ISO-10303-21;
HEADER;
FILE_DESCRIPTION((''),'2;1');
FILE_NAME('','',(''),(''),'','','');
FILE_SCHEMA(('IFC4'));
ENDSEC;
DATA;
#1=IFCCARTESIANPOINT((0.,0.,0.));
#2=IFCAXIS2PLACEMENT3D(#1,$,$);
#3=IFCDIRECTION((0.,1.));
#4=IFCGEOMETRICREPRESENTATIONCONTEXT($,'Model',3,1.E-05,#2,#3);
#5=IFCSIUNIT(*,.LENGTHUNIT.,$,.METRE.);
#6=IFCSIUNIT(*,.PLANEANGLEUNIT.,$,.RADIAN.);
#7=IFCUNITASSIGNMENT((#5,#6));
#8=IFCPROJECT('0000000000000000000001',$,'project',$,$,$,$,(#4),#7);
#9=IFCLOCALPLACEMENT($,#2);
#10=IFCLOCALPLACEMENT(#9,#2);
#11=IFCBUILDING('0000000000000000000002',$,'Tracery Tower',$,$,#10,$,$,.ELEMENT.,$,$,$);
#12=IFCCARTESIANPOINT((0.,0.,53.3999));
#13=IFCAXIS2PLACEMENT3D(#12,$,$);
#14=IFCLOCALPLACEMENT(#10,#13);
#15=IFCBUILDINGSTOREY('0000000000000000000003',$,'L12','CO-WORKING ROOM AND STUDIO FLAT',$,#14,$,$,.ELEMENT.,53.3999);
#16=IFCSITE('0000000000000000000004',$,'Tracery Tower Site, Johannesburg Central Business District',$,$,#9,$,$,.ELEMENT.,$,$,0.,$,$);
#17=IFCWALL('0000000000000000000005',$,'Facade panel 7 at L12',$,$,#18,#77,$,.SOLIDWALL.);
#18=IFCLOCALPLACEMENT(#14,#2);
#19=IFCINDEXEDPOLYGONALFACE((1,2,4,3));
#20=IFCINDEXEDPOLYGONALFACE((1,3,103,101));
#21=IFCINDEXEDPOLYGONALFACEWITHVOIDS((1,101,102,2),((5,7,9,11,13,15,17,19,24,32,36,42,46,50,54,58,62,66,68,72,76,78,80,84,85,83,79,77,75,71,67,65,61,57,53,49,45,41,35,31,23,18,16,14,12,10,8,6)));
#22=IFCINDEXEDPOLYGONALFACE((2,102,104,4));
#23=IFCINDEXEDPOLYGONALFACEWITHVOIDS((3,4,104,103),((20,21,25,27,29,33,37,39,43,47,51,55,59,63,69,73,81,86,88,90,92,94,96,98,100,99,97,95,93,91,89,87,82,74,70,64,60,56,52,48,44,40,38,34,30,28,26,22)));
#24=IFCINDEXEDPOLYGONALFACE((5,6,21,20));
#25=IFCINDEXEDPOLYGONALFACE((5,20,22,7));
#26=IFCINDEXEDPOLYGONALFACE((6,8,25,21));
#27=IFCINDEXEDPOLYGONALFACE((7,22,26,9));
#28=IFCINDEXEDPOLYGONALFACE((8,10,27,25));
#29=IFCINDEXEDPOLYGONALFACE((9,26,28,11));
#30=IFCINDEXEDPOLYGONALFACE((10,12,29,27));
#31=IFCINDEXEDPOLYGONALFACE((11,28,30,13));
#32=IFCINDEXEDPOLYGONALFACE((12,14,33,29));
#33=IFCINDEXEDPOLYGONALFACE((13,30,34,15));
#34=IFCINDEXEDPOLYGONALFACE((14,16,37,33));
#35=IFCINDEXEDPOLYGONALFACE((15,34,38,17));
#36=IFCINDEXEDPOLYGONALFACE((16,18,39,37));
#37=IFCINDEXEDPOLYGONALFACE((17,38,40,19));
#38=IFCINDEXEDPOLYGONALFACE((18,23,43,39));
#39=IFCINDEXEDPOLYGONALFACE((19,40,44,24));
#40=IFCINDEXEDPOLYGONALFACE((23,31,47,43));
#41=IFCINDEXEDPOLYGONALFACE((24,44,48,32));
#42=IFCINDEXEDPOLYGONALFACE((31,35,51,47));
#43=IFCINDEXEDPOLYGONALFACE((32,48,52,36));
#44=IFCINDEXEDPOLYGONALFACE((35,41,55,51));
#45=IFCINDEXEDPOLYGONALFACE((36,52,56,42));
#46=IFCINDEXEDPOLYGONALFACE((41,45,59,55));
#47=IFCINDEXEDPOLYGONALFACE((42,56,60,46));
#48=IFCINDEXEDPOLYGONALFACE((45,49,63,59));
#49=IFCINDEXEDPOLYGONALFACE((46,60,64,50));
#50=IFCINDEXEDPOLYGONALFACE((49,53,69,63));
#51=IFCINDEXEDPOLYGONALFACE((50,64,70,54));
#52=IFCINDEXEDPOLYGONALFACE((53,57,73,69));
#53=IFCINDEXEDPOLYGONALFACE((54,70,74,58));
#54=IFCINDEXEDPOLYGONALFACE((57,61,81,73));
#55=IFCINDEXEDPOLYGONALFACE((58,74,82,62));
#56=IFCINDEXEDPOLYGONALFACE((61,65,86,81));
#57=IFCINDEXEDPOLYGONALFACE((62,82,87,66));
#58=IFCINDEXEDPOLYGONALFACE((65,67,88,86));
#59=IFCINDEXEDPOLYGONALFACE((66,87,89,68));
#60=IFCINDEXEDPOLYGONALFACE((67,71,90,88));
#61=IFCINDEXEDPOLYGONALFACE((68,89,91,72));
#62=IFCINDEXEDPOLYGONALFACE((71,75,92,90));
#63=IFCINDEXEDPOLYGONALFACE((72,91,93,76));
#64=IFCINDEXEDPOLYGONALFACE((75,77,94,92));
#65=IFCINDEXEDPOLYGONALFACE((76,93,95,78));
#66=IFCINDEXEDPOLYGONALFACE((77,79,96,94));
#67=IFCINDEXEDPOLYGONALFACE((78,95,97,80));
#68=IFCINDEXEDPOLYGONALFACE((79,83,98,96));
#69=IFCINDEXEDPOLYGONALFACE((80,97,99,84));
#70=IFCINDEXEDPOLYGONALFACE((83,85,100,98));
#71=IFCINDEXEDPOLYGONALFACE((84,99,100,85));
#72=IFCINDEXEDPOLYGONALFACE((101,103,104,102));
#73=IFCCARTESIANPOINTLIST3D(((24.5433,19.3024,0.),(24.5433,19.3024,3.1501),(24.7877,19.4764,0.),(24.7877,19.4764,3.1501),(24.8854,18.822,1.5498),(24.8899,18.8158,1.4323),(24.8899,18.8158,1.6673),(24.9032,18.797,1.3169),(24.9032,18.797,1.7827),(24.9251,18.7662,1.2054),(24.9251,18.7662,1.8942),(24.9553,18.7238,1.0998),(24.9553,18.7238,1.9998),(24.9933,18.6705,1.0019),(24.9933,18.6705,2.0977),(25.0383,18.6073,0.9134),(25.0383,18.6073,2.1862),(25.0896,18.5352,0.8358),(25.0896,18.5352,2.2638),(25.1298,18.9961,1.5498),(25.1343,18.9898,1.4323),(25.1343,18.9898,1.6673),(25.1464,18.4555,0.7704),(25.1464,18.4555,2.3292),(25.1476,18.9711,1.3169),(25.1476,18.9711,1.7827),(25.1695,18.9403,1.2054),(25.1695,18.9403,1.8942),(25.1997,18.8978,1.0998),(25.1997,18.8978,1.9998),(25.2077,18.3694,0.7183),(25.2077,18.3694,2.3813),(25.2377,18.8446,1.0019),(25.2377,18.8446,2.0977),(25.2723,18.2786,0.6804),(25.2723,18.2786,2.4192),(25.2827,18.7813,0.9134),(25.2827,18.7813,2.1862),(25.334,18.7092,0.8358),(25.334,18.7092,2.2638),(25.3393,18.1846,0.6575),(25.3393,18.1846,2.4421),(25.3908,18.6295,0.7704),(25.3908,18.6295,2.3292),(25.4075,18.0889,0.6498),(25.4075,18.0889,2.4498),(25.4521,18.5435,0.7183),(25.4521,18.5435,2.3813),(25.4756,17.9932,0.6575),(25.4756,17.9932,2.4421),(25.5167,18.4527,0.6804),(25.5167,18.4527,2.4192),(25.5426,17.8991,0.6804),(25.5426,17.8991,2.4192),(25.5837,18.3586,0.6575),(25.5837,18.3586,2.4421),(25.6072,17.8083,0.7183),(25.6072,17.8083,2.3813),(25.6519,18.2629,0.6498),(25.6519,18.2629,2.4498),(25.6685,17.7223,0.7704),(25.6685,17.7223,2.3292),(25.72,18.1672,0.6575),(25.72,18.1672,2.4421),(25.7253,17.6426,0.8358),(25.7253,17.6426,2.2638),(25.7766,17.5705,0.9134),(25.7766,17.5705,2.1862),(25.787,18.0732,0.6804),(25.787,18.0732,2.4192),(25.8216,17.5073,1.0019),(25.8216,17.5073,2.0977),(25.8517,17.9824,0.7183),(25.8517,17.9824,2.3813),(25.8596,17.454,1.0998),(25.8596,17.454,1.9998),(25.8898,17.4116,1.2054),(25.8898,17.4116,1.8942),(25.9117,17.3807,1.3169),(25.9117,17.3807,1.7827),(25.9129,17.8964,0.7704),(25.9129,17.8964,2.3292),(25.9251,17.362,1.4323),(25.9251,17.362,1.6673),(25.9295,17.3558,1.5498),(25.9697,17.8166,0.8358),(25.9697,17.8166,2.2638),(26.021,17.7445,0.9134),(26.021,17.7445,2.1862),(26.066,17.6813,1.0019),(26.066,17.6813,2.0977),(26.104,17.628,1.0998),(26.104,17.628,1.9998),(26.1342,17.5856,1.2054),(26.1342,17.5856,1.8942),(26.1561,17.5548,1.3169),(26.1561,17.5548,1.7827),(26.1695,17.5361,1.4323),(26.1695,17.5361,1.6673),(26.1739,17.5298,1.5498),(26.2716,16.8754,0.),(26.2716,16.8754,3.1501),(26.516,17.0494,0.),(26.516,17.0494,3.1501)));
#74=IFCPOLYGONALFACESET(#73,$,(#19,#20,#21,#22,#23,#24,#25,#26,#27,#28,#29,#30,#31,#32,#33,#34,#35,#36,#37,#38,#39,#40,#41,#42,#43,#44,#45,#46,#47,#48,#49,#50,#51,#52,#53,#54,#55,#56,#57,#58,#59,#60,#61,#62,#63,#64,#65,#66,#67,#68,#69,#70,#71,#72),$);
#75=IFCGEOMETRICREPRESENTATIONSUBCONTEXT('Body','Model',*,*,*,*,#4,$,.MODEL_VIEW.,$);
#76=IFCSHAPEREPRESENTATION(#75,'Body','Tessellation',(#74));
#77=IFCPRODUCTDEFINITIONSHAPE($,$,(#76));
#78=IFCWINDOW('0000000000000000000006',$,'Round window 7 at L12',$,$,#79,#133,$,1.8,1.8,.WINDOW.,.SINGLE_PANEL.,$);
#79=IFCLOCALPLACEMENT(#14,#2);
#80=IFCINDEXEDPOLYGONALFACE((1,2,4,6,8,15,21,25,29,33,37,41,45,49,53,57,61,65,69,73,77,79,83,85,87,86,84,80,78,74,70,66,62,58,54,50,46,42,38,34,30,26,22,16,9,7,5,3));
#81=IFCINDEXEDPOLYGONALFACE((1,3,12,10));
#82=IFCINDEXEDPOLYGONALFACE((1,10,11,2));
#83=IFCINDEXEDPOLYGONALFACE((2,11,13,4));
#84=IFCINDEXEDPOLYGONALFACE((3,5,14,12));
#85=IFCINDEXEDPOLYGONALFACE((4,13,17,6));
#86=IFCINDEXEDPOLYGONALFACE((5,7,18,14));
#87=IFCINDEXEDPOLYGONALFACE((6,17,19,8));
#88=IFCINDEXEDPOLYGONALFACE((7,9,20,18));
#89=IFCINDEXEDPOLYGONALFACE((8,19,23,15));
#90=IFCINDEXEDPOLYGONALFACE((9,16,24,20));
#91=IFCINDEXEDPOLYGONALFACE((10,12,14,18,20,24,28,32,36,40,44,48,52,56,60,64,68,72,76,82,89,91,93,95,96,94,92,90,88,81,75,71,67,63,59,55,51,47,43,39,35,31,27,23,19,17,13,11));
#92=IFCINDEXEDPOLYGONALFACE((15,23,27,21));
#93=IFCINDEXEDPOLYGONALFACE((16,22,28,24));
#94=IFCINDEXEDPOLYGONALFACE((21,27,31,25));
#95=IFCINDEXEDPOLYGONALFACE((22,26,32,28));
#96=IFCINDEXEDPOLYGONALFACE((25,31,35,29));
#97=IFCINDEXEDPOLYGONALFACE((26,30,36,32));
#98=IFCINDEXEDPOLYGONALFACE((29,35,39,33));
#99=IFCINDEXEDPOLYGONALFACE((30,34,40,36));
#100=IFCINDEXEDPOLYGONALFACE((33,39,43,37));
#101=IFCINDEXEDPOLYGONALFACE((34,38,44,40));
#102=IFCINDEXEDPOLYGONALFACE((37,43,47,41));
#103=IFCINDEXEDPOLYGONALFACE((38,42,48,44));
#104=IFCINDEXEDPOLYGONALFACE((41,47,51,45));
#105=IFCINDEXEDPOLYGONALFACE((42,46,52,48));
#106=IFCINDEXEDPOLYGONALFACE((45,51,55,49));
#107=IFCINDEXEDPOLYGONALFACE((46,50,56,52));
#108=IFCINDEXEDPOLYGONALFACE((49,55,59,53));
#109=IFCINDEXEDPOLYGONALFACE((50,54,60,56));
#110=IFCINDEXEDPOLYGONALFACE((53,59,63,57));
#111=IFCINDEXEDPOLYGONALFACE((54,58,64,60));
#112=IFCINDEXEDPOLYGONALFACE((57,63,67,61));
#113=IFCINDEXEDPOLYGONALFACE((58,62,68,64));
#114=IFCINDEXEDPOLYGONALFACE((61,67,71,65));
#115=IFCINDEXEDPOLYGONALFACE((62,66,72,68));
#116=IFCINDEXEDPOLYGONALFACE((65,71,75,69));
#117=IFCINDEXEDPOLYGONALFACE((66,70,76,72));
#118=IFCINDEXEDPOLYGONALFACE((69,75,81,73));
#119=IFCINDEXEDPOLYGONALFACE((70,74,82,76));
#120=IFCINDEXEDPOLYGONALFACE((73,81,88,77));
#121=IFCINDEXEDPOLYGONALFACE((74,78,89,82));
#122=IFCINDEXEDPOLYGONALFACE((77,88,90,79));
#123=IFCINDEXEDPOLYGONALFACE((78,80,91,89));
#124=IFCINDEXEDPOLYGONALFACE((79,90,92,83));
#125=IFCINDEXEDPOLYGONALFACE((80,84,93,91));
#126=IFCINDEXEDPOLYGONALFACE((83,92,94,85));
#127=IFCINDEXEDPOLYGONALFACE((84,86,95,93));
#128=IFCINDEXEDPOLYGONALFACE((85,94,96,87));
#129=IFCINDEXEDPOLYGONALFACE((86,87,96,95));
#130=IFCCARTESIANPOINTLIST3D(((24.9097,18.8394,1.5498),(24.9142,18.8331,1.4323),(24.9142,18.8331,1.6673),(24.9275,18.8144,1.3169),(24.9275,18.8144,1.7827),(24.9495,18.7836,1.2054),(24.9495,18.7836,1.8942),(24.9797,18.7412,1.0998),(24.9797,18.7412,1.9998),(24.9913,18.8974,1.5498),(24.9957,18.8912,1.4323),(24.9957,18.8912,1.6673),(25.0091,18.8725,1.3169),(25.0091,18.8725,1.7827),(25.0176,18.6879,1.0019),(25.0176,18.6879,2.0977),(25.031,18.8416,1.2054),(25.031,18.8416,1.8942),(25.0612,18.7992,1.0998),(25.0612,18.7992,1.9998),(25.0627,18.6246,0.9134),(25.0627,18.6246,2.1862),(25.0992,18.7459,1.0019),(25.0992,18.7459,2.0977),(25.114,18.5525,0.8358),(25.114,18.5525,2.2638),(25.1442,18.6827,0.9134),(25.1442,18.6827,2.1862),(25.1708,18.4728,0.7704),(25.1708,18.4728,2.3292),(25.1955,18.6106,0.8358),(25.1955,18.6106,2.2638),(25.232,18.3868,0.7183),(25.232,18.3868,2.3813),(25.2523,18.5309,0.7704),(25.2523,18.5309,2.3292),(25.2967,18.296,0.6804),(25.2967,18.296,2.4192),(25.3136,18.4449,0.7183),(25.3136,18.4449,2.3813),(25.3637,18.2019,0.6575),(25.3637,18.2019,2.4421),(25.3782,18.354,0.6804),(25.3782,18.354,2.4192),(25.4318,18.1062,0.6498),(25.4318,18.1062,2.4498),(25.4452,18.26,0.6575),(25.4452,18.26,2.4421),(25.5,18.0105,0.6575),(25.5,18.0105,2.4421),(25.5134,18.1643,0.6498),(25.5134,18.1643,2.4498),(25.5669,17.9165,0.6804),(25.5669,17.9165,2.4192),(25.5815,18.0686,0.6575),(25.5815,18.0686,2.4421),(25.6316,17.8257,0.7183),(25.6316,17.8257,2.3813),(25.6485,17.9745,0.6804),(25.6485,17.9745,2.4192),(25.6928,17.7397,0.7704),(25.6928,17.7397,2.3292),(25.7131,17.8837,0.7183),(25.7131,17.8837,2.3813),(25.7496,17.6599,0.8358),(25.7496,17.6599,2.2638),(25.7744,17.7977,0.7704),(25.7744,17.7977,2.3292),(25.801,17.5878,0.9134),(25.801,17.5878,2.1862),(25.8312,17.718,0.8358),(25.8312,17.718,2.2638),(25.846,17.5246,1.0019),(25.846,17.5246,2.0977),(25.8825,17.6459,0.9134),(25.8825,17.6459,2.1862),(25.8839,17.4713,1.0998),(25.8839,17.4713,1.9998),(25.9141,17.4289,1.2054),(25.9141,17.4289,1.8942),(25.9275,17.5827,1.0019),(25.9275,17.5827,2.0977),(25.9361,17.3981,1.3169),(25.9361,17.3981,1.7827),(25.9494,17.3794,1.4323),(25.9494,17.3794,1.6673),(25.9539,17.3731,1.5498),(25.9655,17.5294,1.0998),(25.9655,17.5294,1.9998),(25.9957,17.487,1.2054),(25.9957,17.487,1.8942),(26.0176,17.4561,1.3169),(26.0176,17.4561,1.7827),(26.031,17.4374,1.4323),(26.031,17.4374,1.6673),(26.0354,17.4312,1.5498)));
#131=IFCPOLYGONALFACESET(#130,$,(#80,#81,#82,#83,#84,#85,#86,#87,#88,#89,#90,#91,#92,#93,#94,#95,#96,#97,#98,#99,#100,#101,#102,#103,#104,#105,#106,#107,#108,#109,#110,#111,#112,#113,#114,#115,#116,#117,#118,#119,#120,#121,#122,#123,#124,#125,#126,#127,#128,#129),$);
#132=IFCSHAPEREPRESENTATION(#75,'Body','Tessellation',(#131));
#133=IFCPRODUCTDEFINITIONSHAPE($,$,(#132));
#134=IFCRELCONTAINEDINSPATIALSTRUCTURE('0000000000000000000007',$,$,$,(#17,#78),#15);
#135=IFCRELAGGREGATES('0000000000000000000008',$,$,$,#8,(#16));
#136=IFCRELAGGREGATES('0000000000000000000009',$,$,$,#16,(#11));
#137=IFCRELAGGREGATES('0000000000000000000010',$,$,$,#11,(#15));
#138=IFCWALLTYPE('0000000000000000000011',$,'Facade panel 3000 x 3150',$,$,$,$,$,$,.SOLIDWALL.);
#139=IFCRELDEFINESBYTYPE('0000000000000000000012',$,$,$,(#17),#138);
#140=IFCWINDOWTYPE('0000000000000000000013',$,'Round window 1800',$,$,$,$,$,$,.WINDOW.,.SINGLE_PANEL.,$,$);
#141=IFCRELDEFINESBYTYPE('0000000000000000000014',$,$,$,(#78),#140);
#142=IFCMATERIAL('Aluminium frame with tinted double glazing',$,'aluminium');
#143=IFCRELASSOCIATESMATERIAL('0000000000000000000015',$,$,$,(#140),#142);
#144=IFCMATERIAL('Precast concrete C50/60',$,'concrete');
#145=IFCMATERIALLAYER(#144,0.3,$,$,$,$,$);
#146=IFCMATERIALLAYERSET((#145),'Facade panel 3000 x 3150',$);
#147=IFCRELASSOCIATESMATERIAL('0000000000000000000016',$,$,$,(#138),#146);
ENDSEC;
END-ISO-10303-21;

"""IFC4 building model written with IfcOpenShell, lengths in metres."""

from ifc_helpers import new_model, si_unit, direction, frame, frame_2d, origin, origin_2d, place, context, subcontext, project, spatial, rectangle, circle, extrude, material, layer, layer_set, type_object, element, fill, save


model = new_model("IFC4")

# Units and contexts
model_context = context("Model", 3, precision=1e-05, world=origin(), true_north=direction((0.0, 1.0)))
body_context = subcontext(model_context, "Body", "Model", "MODEL_VIEW")
ifc_project = project(units=[si_unit("LENGTHUNIT", "METRE"), si_unit("PLANEANGLEUNIT", "RADIAN")], contexts=[model_context])

# Site, building, storey
site_placement = place(None, origin())
site = spatial("IfcSite", under=ifc_project, at=site_placement, Name="Tracery Tower Site, Johannesburg Central Business District", CompositionType="ELEMENT", RefElevation=0.0)
building_placement = place(site_placement, origin())
building = spatial("IfcBuilding", under=site, at=building_placement, Name="Tracery Tower", CompositionType="ELEMENT")
storey_placement = place(building_placement, frame((0.0, 0.0, 53.3999)))
storey = spatial("IfcBuildingStorey", under=building, at=storey_placement, Name="L12", Description="CO-WORKING ROOM AND STUDIO FLAT", CompositionType="ELEMENT", Elevation=53.3999)

# Wall, opening, window
ifc_material_1 = material(Name="Aluminium frame with tinted double glazing", Category="aluminium")
window_type = type_object("IfcWindowType", Name="Round window 1800", PartitioningType="SINGLE_PANEL", PredefinedType="WINDOW", material=ifc_material_1)
ifc_material_2 = material(Name="Precast concrete C50/60", Category="concrete")
ifc_layer_1 = layer(ifc_material_2, 0.3)
ifc_layer_set_1 = layer_set([ifc_layer_1], Name="Facade panel 3000 x 3150")
wall_type_1 = type_object("IfcWallType", Name="Facade panel 3000 x 3150", PredefinedType="SOLIDWALL", material=ifc_layer_set_1)
wall_1_placement = place(storey_placement, frame((26.3938, 16.9624, 0.0), z_axis=(0.0, 0.0, 1.0), x_axis=(-0.580059, 0.814574, 0.0)))
wall_1 = element("IfcWall", 1, at=wall_1_placement, inside=storey, type_object=wall_type_1, Name="Facade panel 7 at L12", PredefinedType="SOLIDWALL", context=body_context, shape_type="SweptSolid", body=[
    extrude(rectangle(XDim=2.9795, YDim=0.3, at=frame_2d((1.4897, 0.0))), origin(), (0.0, 0.0, 1.0), 3.1501),
])
opening_1_placement = place(wall_1_placement, frame((1.4897, 0.0, 1.5498)))
opening_1 = element("IfcOpeningElement", 2, at=opening_1_placement, cuts=wall_1, PredefinedType="OPENING", context=body_context, shape_type="SweptSolid", body=[
    extrude(circle(Radius=0.9, at=origin_2d()), frame((0.0, 0.1599, 0.0), z_axis=(0.0, -1.0, 0.0), x_axis=(1.0, 0.0, 0.0)), (0.0, 0.0, 1.0), 0.3201),
])
window_1_placement = place(opening_1_placement, origin())
window_1 = element("IfcWindow", 3, at=window_1_placement, inside=storey, type_object=window_type, Name="Round window 7 at L12", OverallHeight=1.8, OverallWidth=1.8, PartitioningType="SINGLE_PANEL", PredefinedType="WINDOW", context=body_context, shape_type="SweptSolid", body=[
    extrude(circle(Radius=0.9, at=origin_2d()), frame((0.0, 0.1201, 0.0), z_axis=(0.0, -1.0, 0.0), x_axis=(1.0, 0.0, 0.0)), (0.0, 0.0, 1.0), 0.1001),
])
fill(opening_1, window_1)

save(model, "model.ifc")
